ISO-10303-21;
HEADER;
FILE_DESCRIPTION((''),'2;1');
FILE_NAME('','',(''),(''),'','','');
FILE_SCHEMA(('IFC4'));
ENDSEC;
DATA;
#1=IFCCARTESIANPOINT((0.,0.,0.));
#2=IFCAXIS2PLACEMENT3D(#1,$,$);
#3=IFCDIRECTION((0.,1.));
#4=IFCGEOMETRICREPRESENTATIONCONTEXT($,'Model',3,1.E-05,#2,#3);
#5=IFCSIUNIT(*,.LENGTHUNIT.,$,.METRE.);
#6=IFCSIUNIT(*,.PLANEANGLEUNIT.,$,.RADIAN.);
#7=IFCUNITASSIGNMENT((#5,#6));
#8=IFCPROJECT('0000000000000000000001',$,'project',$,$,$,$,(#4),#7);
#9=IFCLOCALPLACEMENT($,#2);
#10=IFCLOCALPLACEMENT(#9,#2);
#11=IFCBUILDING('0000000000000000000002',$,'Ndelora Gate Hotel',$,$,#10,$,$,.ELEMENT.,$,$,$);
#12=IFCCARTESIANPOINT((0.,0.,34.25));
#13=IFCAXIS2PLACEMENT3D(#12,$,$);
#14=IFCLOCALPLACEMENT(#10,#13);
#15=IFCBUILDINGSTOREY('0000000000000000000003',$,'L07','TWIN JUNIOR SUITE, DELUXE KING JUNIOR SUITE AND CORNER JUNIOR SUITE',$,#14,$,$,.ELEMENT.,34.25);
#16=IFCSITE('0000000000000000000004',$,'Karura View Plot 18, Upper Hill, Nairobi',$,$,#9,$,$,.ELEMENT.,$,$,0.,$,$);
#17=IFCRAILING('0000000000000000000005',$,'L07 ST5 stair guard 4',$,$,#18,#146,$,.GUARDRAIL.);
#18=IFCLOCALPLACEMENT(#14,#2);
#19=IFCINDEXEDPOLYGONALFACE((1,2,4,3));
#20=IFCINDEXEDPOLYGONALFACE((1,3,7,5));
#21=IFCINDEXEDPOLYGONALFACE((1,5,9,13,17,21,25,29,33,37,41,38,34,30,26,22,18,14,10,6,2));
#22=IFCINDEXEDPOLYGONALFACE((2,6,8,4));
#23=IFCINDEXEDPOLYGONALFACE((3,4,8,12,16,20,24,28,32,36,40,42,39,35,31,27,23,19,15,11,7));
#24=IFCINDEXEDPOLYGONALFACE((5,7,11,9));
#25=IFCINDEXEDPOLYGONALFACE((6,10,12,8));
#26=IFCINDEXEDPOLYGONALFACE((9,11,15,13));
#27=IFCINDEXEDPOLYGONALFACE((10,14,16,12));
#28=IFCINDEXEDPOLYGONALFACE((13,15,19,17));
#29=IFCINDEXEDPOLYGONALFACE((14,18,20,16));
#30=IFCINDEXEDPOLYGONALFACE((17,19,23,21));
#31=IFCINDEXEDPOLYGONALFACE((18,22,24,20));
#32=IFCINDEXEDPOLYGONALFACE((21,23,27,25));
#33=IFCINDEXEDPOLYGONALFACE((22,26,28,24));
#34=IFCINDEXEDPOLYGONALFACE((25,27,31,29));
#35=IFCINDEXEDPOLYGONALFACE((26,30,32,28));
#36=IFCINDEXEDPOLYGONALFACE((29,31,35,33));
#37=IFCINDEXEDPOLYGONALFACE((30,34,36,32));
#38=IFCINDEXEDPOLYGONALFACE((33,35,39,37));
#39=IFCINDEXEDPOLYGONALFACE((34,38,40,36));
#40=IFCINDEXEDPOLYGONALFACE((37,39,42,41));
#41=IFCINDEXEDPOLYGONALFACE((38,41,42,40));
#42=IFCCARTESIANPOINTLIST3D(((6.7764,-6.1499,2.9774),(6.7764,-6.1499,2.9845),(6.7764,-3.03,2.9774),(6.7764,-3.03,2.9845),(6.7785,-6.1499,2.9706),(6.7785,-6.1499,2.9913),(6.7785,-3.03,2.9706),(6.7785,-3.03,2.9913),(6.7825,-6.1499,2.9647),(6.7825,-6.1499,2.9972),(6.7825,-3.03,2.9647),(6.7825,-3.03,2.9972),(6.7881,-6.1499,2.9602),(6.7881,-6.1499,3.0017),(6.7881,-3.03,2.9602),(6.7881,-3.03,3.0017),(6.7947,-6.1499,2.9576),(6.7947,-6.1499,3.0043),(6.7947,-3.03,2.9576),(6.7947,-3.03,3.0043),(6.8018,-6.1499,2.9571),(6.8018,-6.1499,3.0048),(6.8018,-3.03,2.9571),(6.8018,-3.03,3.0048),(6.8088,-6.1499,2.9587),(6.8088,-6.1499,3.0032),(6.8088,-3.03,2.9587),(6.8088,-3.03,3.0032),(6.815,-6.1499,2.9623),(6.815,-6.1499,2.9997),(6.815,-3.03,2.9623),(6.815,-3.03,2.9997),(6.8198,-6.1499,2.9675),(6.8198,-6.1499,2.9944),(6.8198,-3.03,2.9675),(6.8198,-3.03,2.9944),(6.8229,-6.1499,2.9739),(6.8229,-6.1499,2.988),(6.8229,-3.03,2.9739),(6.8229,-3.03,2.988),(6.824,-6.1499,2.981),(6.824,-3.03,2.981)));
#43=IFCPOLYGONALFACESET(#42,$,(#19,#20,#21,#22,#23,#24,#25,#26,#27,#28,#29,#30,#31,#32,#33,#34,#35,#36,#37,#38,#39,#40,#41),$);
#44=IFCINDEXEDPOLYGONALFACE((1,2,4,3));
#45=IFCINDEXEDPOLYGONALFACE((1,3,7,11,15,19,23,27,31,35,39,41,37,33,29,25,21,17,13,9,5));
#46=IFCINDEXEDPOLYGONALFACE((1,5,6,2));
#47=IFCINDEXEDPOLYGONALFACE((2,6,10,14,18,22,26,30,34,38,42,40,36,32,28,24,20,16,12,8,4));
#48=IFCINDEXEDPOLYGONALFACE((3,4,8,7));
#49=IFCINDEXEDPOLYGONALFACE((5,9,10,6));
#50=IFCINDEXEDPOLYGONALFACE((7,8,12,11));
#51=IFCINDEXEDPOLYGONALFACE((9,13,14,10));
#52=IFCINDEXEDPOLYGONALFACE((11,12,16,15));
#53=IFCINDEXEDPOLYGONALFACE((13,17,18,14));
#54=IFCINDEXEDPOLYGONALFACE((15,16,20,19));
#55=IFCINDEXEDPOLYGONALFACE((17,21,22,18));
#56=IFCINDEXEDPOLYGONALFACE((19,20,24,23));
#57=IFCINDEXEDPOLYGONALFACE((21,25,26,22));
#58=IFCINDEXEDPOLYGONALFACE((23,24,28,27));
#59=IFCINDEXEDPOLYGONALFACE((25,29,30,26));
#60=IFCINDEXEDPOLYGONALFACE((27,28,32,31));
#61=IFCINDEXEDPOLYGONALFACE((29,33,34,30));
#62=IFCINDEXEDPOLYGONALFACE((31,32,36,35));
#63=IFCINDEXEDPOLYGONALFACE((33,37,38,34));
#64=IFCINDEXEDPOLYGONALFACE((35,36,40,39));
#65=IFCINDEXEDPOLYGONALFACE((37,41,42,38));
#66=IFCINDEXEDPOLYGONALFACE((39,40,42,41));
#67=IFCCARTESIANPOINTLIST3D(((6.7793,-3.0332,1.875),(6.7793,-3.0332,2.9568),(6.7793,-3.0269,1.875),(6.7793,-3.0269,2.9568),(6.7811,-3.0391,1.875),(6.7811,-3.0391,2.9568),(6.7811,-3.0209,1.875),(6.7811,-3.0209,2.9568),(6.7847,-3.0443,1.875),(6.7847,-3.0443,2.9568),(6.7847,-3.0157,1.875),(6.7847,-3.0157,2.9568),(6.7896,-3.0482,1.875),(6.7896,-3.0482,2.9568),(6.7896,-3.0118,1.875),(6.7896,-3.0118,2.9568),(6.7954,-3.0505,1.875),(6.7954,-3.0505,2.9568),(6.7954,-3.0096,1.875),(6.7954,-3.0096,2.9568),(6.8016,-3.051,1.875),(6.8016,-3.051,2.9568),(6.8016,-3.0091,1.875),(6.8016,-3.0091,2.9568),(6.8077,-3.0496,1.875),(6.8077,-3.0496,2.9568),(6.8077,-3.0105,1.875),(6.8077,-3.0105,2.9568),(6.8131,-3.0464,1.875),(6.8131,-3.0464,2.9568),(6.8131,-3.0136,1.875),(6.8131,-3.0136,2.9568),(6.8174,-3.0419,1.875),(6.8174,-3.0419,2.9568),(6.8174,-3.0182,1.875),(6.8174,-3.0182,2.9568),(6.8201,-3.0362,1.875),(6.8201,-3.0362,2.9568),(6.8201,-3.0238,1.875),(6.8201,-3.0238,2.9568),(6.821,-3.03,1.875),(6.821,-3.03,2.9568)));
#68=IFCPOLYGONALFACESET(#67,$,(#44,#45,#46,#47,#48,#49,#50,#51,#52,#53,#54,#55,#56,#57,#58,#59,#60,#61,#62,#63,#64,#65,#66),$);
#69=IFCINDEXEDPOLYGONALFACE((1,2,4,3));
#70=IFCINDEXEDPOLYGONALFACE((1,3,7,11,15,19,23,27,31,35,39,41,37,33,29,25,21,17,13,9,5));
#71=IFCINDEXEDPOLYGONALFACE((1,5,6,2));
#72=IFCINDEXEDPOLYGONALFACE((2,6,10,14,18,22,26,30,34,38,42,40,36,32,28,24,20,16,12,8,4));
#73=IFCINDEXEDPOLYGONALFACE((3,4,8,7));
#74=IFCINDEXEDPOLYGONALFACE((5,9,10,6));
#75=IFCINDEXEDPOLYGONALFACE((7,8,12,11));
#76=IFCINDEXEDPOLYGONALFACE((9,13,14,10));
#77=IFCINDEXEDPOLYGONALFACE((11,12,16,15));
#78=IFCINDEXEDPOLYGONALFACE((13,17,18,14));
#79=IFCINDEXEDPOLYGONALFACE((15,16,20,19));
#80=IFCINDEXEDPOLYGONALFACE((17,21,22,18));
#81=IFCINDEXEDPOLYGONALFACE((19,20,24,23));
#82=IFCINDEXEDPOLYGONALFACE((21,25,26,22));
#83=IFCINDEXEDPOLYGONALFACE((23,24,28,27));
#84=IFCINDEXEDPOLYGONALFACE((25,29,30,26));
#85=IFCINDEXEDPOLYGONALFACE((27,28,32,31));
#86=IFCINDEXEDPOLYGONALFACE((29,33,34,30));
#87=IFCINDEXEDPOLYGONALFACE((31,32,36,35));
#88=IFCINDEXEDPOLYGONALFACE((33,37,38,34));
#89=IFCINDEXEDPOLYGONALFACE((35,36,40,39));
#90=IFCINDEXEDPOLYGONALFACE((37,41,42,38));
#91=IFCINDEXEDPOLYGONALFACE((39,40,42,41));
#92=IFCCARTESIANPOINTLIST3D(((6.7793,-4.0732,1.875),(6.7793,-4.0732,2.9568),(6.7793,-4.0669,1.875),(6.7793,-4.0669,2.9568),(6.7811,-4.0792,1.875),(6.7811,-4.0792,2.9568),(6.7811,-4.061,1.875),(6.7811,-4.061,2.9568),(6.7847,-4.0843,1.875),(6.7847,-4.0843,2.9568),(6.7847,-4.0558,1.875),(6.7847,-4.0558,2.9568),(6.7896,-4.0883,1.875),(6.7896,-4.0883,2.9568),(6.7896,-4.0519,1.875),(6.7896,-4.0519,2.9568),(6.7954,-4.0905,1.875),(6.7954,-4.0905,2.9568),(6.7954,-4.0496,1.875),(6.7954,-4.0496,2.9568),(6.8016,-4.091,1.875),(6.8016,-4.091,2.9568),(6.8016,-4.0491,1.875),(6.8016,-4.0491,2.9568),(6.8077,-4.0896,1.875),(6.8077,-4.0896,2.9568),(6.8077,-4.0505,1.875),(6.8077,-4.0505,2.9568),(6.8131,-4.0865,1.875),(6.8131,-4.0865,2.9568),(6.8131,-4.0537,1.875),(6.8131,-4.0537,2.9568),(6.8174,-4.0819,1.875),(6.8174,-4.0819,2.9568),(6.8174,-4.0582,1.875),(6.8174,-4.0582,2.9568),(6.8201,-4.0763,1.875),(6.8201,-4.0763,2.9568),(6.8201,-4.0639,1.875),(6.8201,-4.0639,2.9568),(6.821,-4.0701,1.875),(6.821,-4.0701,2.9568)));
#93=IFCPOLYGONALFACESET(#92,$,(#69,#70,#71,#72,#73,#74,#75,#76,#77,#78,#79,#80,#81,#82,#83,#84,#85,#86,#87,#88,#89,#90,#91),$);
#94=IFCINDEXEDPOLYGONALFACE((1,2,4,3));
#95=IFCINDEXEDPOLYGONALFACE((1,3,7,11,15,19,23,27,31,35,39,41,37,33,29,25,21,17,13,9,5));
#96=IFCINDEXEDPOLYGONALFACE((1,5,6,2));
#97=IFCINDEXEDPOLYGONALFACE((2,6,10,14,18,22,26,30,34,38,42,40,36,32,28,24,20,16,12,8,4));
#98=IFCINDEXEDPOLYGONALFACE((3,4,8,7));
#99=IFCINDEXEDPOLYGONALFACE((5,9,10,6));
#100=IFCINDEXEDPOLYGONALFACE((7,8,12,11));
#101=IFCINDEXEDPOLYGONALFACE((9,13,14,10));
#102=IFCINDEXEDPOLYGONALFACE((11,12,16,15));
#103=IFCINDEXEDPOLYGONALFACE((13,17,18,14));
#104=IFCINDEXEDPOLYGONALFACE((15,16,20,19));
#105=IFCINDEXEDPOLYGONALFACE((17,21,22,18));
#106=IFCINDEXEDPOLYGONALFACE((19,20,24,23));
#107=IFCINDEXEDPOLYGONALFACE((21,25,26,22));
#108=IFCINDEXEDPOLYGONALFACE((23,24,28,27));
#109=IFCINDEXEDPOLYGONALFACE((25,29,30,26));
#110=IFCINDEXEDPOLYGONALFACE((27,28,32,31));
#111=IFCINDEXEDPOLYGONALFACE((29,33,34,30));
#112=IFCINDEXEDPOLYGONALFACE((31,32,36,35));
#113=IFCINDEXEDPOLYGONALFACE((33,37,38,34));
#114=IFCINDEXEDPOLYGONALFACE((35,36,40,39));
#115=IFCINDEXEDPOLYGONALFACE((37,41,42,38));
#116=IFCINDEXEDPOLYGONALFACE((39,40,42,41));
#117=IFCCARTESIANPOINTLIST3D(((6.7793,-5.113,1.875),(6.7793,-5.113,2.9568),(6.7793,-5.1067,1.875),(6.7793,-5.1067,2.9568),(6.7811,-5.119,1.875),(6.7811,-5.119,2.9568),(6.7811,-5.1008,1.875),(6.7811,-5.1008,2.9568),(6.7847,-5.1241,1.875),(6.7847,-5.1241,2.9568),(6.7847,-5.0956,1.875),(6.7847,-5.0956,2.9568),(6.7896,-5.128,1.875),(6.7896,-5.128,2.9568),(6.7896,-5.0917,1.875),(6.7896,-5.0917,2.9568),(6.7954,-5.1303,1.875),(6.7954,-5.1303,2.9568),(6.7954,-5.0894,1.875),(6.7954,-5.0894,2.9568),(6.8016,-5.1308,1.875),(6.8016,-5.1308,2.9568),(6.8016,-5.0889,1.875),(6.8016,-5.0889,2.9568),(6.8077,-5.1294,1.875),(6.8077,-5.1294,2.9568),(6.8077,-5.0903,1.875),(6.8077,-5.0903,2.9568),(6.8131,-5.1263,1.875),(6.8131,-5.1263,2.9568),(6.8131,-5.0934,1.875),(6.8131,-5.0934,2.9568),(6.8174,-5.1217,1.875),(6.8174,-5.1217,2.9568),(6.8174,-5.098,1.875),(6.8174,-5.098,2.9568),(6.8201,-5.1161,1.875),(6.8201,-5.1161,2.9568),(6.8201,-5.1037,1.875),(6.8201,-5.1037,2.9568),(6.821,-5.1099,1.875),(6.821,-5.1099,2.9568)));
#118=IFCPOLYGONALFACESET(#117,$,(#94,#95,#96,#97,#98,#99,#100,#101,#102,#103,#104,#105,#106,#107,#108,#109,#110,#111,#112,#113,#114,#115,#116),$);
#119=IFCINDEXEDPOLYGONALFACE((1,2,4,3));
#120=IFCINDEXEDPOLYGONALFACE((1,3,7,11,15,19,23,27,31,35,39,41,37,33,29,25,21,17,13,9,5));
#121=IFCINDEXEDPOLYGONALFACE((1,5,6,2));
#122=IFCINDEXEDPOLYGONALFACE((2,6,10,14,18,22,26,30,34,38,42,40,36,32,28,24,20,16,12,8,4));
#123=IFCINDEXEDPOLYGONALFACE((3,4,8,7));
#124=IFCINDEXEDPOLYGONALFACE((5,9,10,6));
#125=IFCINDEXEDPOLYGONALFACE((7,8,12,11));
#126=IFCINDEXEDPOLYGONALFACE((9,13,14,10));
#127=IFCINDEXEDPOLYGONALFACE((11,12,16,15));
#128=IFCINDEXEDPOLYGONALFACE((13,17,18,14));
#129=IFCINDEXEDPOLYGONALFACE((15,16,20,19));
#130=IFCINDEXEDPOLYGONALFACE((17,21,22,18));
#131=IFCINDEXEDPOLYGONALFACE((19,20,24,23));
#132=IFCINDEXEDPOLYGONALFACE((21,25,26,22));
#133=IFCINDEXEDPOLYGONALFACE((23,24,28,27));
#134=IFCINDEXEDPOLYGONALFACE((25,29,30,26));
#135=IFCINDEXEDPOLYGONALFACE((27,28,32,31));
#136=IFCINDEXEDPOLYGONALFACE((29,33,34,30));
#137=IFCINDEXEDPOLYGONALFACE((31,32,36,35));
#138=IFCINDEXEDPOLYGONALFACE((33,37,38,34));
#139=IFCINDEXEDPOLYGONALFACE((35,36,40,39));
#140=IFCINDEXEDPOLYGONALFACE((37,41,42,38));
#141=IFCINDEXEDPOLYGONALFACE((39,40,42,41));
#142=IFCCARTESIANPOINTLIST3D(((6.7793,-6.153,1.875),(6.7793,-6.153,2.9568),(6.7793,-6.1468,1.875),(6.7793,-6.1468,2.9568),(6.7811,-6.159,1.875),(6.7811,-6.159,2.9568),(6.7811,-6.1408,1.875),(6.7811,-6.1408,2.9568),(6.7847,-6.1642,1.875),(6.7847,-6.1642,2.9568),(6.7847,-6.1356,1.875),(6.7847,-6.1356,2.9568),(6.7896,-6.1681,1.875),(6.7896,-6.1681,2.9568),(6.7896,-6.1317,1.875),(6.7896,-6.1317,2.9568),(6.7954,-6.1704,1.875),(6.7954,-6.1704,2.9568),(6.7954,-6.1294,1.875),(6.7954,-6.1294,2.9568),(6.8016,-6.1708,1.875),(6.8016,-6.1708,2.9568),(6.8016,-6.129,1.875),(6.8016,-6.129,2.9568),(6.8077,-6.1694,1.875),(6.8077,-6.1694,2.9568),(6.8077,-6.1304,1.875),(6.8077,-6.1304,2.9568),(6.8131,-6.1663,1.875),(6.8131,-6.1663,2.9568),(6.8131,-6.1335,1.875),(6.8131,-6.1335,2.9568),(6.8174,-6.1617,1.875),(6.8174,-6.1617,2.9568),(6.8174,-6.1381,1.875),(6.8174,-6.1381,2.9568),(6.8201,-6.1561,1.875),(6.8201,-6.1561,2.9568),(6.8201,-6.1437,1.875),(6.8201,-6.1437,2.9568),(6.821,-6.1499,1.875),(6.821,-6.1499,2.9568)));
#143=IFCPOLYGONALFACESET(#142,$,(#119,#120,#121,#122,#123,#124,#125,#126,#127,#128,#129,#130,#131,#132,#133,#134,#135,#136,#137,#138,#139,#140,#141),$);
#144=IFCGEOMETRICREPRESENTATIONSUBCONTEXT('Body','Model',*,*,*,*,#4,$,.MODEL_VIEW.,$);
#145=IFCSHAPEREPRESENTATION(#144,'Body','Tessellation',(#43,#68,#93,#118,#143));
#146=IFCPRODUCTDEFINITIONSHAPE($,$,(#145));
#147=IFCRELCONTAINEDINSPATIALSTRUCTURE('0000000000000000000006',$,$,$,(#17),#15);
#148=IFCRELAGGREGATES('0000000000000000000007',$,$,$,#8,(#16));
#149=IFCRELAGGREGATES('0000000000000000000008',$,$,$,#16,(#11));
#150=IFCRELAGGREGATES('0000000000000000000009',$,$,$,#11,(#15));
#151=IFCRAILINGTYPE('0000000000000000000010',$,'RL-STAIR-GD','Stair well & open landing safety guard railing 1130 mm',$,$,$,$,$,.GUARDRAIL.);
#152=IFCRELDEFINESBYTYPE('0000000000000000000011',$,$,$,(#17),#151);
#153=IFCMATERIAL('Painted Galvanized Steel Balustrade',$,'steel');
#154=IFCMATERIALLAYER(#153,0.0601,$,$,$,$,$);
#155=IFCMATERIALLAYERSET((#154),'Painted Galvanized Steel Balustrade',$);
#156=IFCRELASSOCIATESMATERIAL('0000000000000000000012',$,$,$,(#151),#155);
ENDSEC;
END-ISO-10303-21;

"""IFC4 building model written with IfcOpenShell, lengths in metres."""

from ifc_helpers import new_model, si_unit, direction, frame, origin, origin_2d, place, context, subcontext, project, spatial, circle, extrude, material, layer, layer_set, type_object, element, save


model = new_model("IFC4")

# Units and contexts
model_context = context("Model", 3, precision=1e-05, world=origin(), true_north=direction((0.0, 1.0)))
body_context = subcontext(model_context, "Body", "Model", "MODEL_VIEW")
ifc_project = project(units=[si_unit("LENGTHUNIT", "METRE"), si_unit("PLANEANGLEUNIT", "RADIAN")], contexts=[model_context])

# Site, building, storey
site_placement = place(None, origin())
site = spatial("IfcSite", under=ifc_project, at=site_placement, Name="Karura View Plot 18, Upper Hill, Nairobi", CompositionType="ELEMENT", RefElevation=0.0)
building_placement = place(site_placement, origin())
building = spatial("IfcBuilding", under=site, at=building_placement, Name="Ndelora Gate Hotel", CompositionType="ELEMENT")
storey_placement = place(building_placement, frame((0.0, 0.0, 34.25)))
storey = spatial("IfcBuildingStorey", under=building, at=storey_placement, Name="L07", Description="TWIN JUNIOR SUITE, DELUXE KING JUNIOR SUITE AND CORNER JUNIOR SUITE", CompositionType="ELEMENT", Elevation=34.25)

# Railing
ifc_material_1 = material(Name="Painted Galvanized Steel Balustrade", Category="steel")
ifc_layer_1 = layer(ifc_material_1, 0.0601)
ifc_layer_set_1 = layer_set([ifc_layer_1], Name="Painted Galvanized Steel Balustrade")
railing_type_1 = type_object("IfcRailingType", Name="RL-STAIR-GD", Description="Stair well & open landing safety guard railing 1130 mm", PredefinedType="GUARDRAIL", material=ifc_layer_set_1)
for number, where, name in (
    (1, (6.8, -3.03, 1.875), "L07 ST5 stair guard 4"),
):
    element("IfcRailing", number, at=place(storey_placement, frame(where)), inside=storey, type_object=railing_type_1, Name=name, PredefinedType="GUARDRAIL", context=body_context, shape_type="SweptSolid", body=[
        extrude(circle(Radius=0.0239, at=origin_2d()), frame((0.0, 0.0, 1.106), z_axis=(0.0, -1.0, 0.0), x_axis=(1.0, 0.0, 0.0)), (0.0, 0.0, 1.0), 3.1199),
        extrude(circle(Radius=0.021, at=origin_2d()), origin(), (0.0, 0.0, 1.0), 1.0818),
        extrude(circle(Radius=0.021, at=origin_2d()), frame((0.0, -1.04, 0.0)), (0.0, 0.0, 1.0), 1.0818),
        extrude(circle(Radius=0.021, at=origin_2d()), frame((0.0, -2.0798, 0.0)), (0.0, 0.0, 1.0), 1.0818),
        extrude(circle(Radius=0.021, at=origin_2d()), frame((0.0, -3.1199, 0.0)), (0.0, 0.0, 1.0), 1.0818),
    ])

save(model, "model.ifc")
